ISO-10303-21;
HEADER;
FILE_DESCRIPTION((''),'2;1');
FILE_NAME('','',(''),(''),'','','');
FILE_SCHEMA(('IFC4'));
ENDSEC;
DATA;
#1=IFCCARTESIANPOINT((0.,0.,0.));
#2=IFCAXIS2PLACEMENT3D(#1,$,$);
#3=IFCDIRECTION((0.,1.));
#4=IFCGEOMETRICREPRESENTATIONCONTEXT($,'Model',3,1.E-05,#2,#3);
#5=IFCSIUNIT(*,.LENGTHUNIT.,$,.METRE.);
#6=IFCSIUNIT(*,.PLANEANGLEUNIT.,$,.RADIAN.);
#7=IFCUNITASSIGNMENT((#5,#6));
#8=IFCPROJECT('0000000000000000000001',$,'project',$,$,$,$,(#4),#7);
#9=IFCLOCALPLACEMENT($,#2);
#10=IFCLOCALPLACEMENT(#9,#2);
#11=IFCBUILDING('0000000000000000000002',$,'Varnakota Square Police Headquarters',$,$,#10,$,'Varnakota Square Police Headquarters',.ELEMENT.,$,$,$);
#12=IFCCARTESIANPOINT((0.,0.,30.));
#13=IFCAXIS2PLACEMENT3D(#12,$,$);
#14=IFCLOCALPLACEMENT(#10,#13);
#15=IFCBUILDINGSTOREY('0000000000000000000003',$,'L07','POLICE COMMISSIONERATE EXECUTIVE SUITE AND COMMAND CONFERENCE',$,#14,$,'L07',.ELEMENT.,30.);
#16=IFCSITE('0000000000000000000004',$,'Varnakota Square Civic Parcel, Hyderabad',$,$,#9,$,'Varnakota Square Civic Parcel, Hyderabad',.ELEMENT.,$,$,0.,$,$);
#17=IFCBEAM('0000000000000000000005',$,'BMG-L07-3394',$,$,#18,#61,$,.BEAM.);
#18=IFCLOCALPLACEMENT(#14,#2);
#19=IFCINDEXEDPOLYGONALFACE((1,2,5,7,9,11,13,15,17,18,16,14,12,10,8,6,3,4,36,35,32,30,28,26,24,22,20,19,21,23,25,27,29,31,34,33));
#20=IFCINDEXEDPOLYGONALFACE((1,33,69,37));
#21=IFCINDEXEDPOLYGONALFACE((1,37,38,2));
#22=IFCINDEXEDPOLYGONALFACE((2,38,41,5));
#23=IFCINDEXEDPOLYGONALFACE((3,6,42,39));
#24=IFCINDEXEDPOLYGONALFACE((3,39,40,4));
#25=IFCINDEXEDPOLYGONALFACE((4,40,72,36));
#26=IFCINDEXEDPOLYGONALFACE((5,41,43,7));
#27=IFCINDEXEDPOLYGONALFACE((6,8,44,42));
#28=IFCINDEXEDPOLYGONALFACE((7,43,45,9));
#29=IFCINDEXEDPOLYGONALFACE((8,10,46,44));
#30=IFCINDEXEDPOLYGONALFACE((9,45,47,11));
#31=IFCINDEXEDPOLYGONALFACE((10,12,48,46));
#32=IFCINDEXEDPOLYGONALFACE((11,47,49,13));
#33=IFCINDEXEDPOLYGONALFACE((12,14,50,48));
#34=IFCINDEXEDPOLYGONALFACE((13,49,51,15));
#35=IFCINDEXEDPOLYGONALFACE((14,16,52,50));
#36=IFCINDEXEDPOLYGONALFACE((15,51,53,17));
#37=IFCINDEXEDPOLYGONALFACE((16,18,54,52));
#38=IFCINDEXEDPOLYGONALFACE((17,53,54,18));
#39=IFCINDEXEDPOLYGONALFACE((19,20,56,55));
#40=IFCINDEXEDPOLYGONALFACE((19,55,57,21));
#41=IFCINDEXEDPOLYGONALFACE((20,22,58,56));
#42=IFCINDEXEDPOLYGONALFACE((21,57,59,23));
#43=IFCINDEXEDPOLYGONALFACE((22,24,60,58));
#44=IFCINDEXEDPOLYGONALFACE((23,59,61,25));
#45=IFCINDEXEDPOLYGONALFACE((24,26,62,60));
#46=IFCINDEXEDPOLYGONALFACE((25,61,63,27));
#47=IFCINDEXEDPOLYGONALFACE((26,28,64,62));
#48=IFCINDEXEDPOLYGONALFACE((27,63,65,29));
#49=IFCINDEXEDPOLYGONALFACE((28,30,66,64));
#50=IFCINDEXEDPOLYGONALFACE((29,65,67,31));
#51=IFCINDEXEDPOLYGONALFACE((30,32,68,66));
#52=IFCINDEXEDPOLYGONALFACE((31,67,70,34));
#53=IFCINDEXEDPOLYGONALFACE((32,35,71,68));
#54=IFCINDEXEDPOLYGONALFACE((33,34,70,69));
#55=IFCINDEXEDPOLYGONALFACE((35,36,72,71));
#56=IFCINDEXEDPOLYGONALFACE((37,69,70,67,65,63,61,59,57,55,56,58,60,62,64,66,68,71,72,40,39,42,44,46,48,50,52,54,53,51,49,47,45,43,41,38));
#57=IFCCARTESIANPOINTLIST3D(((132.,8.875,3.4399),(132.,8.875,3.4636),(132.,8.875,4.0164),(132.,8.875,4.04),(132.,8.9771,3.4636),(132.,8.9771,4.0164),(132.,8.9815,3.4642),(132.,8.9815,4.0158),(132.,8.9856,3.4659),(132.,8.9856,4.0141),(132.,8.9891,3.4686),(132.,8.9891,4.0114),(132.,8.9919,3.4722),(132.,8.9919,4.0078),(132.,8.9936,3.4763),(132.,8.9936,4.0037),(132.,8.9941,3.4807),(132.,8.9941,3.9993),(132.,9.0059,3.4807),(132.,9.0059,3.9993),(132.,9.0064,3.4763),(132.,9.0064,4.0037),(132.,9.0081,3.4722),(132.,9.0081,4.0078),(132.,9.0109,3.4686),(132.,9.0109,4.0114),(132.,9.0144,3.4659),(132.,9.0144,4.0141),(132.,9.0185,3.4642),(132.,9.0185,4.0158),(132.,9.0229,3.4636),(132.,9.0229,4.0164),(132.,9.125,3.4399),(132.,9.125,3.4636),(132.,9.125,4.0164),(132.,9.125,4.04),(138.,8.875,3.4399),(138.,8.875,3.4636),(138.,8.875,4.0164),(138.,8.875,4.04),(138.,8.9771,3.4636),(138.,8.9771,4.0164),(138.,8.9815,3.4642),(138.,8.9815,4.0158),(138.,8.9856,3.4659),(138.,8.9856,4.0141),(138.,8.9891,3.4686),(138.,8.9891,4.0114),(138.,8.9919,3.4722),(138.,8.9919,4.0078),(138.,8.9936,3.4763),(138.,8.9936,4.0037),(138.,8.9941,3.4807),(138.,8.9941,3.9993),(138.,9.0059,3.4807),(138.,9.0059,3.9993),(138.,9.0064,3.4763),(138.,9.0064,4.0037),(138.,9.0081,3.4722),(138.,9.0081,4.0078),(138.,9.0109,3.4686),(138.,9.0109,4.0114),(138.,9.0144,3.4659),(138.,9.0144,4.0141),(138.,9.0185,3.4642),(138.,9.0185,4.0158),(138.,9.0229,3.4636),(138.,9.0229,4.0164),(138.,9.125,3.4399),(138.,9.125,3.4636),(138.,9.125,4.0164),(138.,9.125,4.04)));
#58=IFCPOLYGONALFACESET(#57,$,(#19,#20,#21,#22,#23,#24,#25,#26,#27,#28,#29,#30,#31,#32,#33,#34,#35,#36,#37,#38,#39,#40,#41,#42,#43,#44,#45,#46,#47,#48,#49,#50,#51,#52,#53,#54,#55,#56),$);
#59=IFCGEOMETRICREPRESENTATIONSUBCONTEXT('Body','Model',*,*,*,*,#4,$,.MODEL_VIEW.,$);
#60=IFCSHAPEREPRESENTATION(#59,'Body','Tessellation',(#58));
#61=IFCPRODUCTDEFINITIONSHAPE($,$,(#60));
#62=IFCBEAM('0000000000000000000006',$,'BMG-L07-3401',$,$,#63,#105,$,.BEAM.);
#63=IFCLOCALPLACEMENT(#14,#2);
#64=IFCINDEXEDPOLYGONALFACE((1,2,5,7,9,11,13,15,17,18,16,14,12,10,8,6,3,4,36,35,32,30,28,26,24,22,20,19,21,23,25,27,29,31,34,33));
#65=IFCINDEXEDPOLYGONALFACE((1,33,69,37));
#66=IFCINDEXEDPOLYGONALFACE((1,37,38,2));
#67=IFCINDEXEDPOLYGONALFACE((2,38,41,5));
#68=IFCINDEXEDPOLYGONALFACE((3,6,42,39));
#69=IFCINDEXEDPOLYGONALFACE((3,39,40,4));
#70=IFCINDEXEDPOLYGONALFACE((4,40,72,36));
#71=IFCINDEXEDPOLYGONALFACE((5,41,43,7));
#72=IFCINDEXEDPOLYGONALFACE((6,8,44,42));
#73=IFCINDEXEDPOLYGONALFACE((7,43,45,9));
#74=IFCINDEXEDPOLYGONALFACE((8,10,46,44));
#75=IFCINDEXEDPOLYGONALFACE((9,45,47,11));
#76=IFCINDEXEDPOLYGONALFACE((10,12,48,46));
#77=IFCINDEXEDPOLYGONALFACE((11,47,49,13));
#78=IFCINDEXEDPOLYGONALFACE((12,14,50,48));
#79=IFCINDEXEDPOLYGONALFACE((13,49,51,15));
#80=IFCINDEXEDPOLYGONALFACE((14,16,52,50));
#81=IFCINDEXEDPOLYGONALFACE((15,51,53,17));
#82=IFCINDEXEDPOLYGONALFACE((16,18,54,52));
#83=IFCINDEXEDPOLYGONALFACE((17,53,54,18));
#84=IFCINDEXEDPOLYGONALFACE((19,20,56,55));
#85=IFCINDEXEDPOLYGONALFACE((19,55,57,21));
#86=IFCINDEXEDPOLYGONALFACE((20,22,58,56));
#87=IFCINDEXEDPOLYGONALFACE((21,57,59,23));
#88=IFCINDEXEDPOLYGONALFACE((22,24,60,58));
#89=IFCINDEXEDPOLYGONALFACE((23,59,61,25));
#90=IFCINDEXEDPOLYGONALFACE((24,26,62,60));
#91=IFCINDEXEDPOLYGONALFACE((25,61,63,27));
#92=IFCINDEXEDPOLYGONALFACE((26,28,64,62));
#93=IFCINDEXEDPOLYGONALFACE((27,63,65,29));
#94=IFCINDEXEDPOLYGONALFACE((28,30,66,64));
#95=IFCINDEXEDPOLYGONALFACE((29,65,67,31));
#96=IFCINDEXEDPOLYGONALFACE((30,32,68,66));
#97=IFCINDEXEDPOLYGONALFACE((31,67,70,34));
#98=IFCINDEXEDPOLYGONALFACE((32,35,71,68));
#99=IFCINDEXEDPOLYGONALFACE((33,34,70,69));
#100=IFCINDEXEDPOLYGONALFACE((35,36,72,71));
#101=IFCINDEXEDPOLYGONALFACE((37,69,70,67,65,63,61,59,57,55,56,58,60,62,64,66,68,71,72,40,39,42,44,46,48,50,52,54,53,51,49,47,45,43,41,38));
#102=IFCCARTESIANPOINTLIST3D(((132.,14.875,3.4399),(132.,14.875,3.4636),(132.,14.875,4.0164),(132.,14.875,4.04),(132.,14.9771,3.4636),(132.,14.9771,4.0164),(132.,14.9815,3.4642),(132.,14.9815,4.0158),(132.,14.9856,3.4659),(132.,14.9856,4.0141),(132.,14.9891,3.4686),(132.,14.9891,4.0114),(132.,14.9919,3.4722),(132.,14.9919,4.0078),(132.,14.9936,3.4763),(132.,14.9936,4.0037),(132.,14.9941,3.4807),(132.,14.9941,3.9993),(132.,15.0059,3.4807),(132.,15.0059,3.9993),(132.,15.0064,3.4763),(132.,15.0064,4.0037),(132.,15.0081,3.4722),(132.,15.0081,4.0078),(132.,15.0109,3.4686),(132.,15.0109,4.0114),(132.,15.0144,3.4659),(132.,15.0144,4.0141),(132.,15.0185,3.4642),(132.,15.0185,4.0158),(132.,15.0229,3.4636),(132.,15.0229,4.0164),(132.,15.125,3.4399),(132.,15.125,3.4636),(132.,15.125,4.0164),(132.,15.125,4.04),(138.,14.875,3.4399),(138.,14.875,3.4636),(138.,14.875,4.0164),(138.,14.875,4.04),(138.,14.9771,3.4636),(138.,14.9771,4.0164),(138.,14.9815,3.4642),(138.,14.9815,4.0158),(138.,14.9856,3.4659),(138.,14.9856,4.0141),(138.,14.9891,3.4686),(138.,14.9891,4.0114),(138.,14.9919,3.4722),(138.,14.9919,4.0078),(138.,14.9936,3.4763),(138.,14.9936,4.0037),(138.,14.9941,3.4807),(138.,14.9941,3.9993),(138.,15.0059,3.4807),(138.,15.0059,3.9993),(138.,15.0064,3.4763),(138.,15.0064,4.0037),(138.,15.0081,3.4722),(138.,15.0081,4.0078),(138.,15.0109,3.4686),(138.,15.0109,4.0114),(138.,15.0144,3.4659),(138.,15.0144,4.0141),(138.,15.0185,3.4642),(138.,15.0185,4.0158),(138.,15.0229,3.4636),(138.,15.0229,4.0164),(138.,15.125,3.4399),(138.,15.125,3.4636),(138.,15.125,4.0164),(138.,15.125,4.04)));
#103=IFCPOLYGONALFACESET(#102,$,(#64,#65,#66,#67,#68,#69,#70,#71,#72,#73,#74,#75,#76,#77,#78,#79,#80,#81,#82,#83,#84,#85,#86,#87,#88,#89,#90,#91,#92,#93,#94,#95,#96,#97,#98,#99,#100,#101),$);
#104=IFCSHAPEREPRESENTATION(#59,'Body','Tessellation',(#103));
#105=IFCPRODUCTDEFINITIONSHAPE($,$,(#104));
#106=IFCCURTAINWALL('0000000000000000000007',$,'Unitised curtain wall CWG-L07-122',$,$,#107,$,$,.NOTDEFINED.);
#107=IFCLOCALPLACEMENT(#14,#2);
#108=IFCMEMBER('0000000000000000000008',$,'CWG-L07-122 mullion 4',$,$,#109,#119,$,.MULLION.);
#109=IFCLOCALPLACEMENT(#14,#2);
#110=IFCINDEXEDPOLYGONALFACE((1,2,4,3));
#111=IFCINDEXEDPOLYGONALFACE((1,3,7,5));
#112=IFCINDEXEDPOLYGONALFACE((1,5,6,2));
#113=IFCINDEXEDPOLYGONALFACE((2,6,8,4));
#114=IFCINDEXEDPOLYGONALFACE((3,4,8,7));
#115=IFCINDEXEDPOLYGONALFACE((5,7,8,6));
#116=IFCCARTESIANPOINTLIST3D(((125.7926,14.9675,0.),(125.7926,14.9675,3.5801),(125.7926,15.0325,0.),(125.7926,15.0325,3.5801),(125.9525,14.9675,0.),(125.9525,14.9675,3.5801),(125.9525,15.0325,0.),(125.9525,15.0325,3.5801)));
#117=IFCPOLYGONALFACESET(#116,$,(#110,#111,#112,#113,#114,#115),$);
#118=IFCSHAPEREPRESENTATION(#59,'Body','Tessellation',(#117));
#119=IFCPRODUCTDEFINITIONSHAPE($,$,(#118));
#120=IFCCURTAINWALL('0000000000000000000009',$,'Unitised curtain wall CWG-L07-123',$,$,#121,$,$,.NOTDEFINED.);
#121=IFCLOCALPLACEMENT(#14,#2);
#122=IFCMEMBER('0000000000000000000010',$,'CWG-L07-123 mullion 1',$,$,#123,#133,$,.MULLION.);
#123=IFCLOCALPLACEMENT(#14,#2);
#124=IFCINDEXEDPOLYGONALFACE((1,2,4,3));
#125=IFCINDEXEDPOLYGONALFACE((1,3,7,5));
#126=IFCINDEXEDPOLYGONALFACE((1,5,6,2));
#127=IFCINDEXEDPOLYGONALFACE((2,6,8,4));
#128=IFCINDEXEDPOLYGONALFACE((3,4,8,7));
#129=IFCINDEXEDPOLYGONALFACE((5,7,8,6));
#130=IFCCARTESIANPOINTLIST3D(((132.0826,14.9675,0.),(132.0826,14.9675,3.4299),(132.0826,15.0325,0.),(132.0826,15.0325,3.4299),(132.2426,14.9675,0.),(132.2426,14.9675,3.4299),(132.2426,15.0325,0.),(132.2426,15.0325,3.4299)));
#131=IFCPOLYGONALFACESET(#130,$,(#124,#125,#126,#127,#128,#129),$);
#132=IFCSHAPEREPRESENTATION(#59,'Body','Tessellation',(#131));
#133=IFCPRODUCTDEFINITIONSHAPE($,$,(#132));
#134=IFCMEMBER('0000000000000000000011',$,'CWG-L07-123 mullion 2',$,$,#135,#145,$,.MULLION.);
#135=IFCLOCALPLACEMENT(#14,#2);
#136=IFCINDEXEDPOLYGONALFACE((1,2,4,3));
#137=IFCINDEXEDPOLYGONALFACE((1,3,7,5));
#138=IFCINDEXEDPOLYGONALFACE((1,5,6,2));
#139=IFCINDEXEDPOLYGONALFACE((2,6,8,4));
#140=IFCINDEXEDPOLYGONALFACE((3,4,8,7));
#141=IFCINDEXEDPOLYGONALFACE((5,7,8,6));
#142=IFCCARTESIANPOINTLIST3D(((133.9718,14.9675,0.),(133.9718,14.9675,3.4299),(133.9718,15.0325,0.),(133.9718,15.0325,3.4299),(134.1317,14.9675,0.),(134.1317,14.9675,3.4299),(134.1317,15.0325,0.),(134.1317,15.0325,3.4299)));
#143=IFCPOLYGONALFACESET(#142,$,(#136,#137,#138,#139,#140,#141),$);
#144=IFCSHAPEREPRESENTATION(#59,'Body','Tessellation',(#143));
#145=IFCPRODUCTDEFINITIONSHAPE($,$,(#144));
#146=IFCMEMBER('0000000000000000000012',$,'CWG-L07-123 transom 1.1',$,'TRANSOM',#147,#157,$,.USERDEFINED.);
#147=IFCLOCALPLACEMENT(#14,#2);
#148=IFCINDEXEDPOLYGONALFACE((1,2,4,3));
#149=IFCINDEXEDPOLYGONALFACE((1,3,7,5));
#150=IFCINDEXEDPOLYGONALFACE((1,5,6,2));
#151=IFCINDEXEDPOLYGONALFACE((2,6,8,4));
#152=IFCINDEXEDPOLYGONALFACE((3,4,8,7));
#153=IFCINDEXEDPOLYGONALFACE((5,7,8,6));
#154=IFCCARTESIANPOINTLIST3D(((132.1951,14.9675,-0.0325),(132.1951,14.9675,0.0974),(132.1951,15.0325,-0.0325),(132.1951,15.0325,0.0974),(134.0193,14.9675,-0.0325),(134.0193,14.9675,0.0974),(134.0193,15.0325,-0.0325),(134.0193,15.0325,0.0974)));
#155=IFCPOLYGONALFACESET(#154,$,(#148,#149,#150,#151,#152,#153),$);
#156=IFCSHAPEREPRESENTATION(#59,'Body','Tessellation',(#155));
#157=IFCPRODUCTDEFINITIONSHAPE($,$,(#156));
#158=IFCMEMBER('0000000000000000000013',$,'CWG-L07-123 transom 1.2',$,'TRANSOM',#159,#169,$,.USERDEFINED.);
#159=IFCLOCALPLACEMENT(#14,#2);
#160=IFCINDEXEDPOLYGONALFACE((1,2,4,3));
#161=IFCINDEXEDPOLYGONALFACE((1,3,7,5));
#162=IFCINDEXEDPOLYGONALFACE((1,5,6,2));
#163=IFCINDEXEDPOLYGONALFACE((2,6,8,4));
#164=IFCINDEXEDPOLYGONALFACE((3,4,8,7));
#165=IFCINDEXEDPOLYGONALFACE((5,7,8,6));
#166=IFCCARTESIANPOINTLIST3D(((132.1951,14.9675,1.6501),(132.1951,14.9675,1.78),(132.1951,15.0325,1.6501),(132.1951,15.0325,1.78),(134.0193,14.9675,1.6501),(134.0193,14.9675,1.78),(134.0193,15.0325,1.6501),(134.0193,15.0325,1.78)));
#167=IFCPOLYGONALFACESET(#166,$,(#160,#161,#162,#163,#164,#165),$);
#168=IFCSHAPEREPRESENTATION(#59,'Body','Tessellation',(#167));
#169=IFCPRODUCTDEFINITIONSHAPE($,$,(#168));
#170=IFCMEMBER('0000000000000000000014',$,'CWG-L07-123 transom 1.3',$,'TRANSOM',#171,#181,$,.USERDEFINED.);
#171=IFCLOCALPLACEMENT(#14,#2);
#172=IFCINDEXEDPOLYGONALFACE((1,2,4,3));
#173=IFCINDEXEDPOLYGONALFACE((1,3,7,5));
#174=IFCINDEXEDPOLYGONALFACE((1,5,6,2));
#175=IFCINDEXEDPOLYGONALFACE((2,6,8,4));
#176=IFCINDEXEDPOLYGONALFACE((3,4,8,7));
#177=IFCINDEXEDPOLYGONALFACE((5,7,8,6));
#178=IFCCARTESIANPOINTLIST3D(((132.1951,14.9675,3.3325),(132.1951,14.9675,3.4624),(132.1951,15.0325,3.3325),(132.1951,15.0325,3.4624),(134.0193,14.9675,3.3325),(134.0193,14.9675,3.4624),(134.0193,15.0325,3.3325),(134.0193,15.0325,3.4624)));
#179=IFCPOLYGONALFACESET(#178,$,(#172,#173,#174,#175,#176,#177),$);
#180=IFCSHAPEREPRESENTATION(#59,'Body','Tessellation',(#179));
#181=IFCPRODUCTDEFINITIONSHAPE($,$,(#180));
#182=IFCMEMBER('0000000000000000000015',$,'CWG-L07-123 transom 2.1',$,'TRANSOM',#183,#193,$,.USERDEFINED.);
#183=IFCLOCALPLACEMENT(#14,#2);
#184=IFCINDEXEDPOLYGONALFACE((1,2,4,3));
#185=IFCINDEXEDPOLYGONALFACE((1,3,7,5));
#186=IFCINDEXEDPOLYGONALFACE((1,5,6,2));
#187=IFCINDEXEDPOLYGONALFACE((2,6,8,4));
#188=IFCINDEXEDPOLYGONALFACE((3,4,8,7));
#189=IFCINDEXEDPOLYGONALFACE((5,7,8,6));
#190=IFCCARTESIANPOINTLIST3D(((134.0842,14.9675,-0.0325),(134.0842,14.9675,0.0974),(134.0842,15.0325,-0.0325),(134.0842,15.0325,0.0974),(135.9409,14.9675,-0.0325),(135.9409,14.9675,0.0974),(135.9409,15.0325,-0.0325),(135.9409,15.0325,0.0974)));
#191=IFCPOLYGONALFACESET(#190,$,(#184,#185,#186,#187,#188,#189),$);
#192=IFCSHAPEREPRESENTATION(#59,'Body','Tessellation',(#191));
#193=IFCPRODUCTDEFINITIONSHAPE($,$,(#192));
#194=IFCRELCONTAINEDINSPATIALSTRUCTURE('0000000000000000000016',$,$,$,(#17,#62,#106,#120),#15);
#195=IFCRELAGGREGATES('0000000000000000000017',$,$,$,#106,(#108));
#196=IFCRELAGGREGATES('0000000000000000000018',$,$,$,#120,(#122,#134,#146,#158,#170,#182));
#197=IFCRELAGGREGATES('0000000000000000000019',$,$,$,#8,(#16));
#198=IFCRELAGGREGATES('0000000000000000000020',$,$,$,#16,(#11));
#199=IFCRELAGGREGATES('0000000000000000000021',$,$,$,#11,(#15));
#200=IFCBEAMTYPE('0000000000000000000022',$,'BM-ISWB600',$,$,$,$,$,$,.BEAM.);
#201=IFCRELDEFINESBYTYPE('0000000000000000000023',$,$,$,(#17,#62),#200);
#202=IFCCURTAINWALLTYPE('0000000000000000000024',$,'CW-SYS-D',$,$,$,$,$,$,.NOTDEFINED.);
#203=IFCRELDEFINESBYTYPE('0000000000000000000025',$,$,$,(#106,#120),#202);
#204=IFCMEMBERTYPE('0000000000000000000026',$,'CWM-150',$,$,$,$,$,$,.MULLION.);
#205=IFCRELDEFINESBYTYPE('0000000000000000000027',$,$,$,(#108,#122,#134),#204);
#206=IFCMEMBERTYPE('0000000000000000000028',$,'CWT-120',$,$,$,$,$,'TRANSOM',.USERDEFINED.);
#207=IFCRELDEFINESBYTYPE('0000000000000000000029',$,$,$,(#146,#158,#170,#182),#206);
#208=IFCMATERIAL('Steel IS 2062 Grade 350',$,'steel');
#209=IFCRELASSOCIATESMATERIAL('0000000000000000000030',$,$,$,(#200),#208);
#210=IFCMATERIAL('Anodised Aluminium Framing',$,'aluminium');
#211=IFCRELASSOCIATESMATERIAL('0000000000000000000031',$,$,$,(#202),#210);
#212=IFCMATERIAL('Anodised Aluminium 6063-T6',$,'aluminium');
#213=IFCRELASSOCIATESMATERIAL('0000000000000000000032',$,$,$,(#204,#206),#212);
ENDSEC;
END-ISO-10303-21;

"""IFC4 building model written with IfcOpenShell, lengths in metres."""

from ifc_helpers import new_model, si_unit, direction, frame, origin, origin_2d, place, context, subcontext, project, spatial, rectangle, i_section, extrude, material, material_profile, profile_set, type_object, element, aggregate, save


model = new_model("IFC4")

# Units and contexts
model_context = context("Model", 3, precision=1e-05, world=origin(), true_north=direction((0.0, 1.0)))
body_context = subcontext(model_context, "Body", "Model", "MODEL_VIEW")
ifc_project = project(units=[si_unit("LENGTHUNIT", "METRE"), si_unit("PLANEANGLEUNIT", "RADIAN")], contexts=[model_context])

# Site, building, storey
site_placement = place(None, origin())
site = spatial("IfcSite", under=ifc_project, at=site_placement, Name="Varnakota Square Civic Parcel, Hyderabad", LongName="Varnakota Square Civic Parcel, Hyderabad", CompositionType="ELEMENT", RefElevation=0.0)
building_placement = place(site_placement, origin())
building = spatial("IfcBuilding", under=site, at=building_placement, Name="Varnakota Square Police Headquarters", LongName="Varnakota Square Police Headquarters", CompositionType="ELEMENT")
storey_placement = place(building_placement, frame((0.0, 0.0, 30.0)))
storey = spatial("IfcBuildingStorey", under=building, at=storey_placement, Name="L07", Description="POLICE COMMISSIONERATE EXECUTIVE SUITE AND COMMAND CONFERENCE", LongName="L07", CompositionType="ELEMENT", Elevation=30.0)

# Shared definitions
ifc_material_1 = material(Name="Steel IS 2062 Grade 350", Category="steel")

# Beams
ifc_material_profile_1 = material_profile(ifc_material_1, i_section(OverallWidth=0.25, OverallDepth=0.6001, WebThickness=0.0117, FlangeThickness=0.0237, FilletRadius=0.0171, at=origin_2d()), Name="ISWB 600")
ifc_profile_set_1 = profile_set([ifc_material_profile_1], Name="Steel IS 2062 Grade 350")
beam_type_1 = type_object("IfcBeamType", Name="BM-ISWB600", PredefinedType="BEAM", material=ifc_profile_set_1)
for number, where, z_axis, x_axis, name in (
    (1, (132.0, 9.0, 3.74), (1.0, 0.0, 0.0), (0.0, 1.0, 0.0), "BMG-L07-3394"),
    (2, (132.0, 15.0, 3.74), (1.0, 0.0, 0.0), (0.0, 1.0, 0.0), "BMG-L07-3401"),
):
    element("IfcBeam", number, at=place(storey_placement, frame(where, z_axis=z_axis, x_axis=x_axis)), inside=storey, type_object=beam_type_1, Name=name, PredefinedType="BEAM", context=body_context, shape_type="SweptSolid", body=[
        extrude(i_section(OverallWidth=0.25, OverallDepth=0.6001, WebThickness=0.0117, FlangeThickness=0.0237, FilletRadius=0.0171, at=origin_2d()), origin(), (0.0, 0.0, 1.0), 6.0),
    ])

# Curtain wall, member
ifc_material_2 = material(Name="Anodised Aluminium Framing", Category="aluminium")
curtain_wall_type = type_object("IfcCurtainWallType", Name="CW-SYS-D", PredefinedType="NOTDEFINED", material=ifc_material_2)
curtain_wall_1_placement = place(storey_placement, origin())
curtain_wall_1 = element("IfcCurtainWall", 3, at=curtain_wall_1_placement, inside=storey, type_object=curtain_wall_type, Name="Unitised curtain wall CWG-L07-122", PredefinedType="NOTDEFINED")
ifc_material_3 = material(Name="Anodised Aluminium 6063-T6", Category="aluminium")
ifc_material_profile_2 = material_profile(ifc_material_3, rectangle(XDim=0.0649, YDim=0.1599, at=origin_2d()), Name="ALU MULLION 65x160")
ifc_profile_set_2 = profile_set([ifc_material_profile_2], Name="Anodised Aluminium 6063-T6")
member_type_1 = type_object("IfcMemberType", Name="CWM-150", PredefinedType="MULLION", material=ifc_profile_set_2)
member_1_placement = place(storey_placement, frame((125.8726, 15.0, 0.0), z_axis=(0.0, 0.0, 1.0), x_axis=(0.0, 1.0, 0.0)))
member_1 = element("IfcMember", 4, at=member_1_placement, type_object=member_type_1, Name="CWG-L07-122 mullion 4", PredefinedType="MULLION", context=body_context, shape_type="SweptSolid", body=[
    extrude(rectangle(XDim=0.0649, YDim=0.1599, at=origin_2d()), origin(), (0.0, 0.0, 1.0), 3.5801),
])
aggregate(curtain_wall_1, [member_1])

# Curtain wall, members
curtain_wall_2_placement = place(storey_placement, origin())
curtain_wall_2 = element("IfcCurtainWall", 5, at=curtain_wall_2_placement, inside=storey, type_object=curtain_wall_type, Name="Unitised curtain wall CWG-L07-123", PredefinedType="NOTDEFINED")
member_2_placement = place(storey_placement, frame((132.1626, 15.0, 0.0), z_axis=(0.0, 0.0, 1.0), x_axis=(0.0, 1.0, 0.0)))
member_2 = element("IfcMember", 6, at=member_2_placement, type_object=member_type_1, Name="CWG-L07-123 mullion 1", PredefinedType="MULLION", context=body_context, shape_type="SweptSolid", body=[
    extrude(rectangle(XDim=0.0649, YDim=0.1599, at=origin_2d()), origin(), (0.0, 0.0, 1.0), 3.4299),
])
member_3_placement = place(storey_placement, frame((134.0518, 15.0, 0.0), z_axis=(0.0, 0.0, 1.0), x_axis=(0.0, 1.0, 0.0)))
member_3 = element("IfcMember", 7, at=member_3_placement, type_object=member_type_1, Name="CWG-L07-123 mullion 2", PredefinedType="MULLION", context=body_context, shape_type="SweptSolid", body=[
    extrude(rectangle(XDim=0.0649, YDim=0.1599, at=origin_2d()), origin(), (0.0, 0.0, 1.0), 3.4299),
])
ifc_material_profile_3 = material_profile(ifc_material_3, rectangle(XDim=0.0649, YDim=0.1299, at=origin_2d()), Name="ALU TRANSOM 65x130")
ifc_profile_set_3 = profile_set([ifc_material_profile_3], Name="Anodised Aluminium 6063-T6")
member_type_2 = type_object("IfcMemberType", Name="CWT-120", ElementType="TRANSOM", PredefinedType="USERDEFINED", material=ifc_profile_set_3)
member_4_placement = place(storey_placement, frame((132.1951, 15.0, 0.0325), z_axis=(1.0, 0.0, 0.0), x_axis=(0.0, 1.0, 0.0)))
member_4 = element("IfcMember", 8, at=member_4_placement, type_object=member_type_2, Name="CWG-L07-123 transom 1.1", ObjectType="TRANSOM", PredefinedType="USERDEFINED", context=body_context, shape_type="SweptSolid", body=[
    extrude(rectangle(XDim=0.0649, YDim=0.1299, at=origin_2d()), origin(), (0.0, 0.0, 1.0), 1.8242),
])
member_5_placement = place(storey_placement, frame((132.1951, 15.0, 1.7151), z_axis=(1.0, 0.0, 0.0), x_axis=(0.0, 1.0, 0.0)))
member_5 = element("IfcMember", 9, at=member_5_placement, type_object=member_type_2, Name="CWG-L07-123 transom 1.2", ObjectType="TRANSOM", PredefinedType="USERDEFINED", context=body_context, shape_type="SweptSolid", body=[
    extrude(rectangle(XDim=0.0649, YDim=0.1299, at=origin_2d()), origin(), (0.0, 0.0, 1.0), 1.8242),
])
member_6_placement = place(storey_placement, frame((132.1951, 15.0, 3.3975), z_axis=(1.0, 0.0, 0.0), x_axis=(0.0, 1.0, 0.0)))
member_6 = element("IfcMember", 10, at=member_6_placement, type_object=member_type_2, Name="CWG-L07-123 transom 1.3", ObjectType="TRANSOM", PredefinedType="USERDEFINED", context=body_context, shape_type="SweptSolid", body=[
    extrude(rectangle(XDim=0.0649, YDim=0.1299, at=origin_2d()), origin(), (0.0, 0.0, 1.0), 1.8242),
])
member_7_placement = place(storey_placement, frame((134.0842, 15.0, 0.0325), z_axis=(1.0, 0.0, 0.0), x_axis=(0.0, 1.0, 0.0)))
member_7 = element("IfcMember", 11, at=member_7_placement, type_object=member_type_2, Name="CWG-L07-123 transom 2.1", ObjectType="TRANSOM", PredefinedType="USERDEFINED", context=body_context, shape_type="SweptSolid", body=[
    extrude(rectangle(XDim=0.0649, YDim=0.1299, at=origin_2d()), origin(), (0.0, 0.0, 1.0), 1.8567),
])

aggregate(curtain_wall_2, [member_2, member_3, member_4, member_5, member_6, member_7])

save(model, "model.ifc")
